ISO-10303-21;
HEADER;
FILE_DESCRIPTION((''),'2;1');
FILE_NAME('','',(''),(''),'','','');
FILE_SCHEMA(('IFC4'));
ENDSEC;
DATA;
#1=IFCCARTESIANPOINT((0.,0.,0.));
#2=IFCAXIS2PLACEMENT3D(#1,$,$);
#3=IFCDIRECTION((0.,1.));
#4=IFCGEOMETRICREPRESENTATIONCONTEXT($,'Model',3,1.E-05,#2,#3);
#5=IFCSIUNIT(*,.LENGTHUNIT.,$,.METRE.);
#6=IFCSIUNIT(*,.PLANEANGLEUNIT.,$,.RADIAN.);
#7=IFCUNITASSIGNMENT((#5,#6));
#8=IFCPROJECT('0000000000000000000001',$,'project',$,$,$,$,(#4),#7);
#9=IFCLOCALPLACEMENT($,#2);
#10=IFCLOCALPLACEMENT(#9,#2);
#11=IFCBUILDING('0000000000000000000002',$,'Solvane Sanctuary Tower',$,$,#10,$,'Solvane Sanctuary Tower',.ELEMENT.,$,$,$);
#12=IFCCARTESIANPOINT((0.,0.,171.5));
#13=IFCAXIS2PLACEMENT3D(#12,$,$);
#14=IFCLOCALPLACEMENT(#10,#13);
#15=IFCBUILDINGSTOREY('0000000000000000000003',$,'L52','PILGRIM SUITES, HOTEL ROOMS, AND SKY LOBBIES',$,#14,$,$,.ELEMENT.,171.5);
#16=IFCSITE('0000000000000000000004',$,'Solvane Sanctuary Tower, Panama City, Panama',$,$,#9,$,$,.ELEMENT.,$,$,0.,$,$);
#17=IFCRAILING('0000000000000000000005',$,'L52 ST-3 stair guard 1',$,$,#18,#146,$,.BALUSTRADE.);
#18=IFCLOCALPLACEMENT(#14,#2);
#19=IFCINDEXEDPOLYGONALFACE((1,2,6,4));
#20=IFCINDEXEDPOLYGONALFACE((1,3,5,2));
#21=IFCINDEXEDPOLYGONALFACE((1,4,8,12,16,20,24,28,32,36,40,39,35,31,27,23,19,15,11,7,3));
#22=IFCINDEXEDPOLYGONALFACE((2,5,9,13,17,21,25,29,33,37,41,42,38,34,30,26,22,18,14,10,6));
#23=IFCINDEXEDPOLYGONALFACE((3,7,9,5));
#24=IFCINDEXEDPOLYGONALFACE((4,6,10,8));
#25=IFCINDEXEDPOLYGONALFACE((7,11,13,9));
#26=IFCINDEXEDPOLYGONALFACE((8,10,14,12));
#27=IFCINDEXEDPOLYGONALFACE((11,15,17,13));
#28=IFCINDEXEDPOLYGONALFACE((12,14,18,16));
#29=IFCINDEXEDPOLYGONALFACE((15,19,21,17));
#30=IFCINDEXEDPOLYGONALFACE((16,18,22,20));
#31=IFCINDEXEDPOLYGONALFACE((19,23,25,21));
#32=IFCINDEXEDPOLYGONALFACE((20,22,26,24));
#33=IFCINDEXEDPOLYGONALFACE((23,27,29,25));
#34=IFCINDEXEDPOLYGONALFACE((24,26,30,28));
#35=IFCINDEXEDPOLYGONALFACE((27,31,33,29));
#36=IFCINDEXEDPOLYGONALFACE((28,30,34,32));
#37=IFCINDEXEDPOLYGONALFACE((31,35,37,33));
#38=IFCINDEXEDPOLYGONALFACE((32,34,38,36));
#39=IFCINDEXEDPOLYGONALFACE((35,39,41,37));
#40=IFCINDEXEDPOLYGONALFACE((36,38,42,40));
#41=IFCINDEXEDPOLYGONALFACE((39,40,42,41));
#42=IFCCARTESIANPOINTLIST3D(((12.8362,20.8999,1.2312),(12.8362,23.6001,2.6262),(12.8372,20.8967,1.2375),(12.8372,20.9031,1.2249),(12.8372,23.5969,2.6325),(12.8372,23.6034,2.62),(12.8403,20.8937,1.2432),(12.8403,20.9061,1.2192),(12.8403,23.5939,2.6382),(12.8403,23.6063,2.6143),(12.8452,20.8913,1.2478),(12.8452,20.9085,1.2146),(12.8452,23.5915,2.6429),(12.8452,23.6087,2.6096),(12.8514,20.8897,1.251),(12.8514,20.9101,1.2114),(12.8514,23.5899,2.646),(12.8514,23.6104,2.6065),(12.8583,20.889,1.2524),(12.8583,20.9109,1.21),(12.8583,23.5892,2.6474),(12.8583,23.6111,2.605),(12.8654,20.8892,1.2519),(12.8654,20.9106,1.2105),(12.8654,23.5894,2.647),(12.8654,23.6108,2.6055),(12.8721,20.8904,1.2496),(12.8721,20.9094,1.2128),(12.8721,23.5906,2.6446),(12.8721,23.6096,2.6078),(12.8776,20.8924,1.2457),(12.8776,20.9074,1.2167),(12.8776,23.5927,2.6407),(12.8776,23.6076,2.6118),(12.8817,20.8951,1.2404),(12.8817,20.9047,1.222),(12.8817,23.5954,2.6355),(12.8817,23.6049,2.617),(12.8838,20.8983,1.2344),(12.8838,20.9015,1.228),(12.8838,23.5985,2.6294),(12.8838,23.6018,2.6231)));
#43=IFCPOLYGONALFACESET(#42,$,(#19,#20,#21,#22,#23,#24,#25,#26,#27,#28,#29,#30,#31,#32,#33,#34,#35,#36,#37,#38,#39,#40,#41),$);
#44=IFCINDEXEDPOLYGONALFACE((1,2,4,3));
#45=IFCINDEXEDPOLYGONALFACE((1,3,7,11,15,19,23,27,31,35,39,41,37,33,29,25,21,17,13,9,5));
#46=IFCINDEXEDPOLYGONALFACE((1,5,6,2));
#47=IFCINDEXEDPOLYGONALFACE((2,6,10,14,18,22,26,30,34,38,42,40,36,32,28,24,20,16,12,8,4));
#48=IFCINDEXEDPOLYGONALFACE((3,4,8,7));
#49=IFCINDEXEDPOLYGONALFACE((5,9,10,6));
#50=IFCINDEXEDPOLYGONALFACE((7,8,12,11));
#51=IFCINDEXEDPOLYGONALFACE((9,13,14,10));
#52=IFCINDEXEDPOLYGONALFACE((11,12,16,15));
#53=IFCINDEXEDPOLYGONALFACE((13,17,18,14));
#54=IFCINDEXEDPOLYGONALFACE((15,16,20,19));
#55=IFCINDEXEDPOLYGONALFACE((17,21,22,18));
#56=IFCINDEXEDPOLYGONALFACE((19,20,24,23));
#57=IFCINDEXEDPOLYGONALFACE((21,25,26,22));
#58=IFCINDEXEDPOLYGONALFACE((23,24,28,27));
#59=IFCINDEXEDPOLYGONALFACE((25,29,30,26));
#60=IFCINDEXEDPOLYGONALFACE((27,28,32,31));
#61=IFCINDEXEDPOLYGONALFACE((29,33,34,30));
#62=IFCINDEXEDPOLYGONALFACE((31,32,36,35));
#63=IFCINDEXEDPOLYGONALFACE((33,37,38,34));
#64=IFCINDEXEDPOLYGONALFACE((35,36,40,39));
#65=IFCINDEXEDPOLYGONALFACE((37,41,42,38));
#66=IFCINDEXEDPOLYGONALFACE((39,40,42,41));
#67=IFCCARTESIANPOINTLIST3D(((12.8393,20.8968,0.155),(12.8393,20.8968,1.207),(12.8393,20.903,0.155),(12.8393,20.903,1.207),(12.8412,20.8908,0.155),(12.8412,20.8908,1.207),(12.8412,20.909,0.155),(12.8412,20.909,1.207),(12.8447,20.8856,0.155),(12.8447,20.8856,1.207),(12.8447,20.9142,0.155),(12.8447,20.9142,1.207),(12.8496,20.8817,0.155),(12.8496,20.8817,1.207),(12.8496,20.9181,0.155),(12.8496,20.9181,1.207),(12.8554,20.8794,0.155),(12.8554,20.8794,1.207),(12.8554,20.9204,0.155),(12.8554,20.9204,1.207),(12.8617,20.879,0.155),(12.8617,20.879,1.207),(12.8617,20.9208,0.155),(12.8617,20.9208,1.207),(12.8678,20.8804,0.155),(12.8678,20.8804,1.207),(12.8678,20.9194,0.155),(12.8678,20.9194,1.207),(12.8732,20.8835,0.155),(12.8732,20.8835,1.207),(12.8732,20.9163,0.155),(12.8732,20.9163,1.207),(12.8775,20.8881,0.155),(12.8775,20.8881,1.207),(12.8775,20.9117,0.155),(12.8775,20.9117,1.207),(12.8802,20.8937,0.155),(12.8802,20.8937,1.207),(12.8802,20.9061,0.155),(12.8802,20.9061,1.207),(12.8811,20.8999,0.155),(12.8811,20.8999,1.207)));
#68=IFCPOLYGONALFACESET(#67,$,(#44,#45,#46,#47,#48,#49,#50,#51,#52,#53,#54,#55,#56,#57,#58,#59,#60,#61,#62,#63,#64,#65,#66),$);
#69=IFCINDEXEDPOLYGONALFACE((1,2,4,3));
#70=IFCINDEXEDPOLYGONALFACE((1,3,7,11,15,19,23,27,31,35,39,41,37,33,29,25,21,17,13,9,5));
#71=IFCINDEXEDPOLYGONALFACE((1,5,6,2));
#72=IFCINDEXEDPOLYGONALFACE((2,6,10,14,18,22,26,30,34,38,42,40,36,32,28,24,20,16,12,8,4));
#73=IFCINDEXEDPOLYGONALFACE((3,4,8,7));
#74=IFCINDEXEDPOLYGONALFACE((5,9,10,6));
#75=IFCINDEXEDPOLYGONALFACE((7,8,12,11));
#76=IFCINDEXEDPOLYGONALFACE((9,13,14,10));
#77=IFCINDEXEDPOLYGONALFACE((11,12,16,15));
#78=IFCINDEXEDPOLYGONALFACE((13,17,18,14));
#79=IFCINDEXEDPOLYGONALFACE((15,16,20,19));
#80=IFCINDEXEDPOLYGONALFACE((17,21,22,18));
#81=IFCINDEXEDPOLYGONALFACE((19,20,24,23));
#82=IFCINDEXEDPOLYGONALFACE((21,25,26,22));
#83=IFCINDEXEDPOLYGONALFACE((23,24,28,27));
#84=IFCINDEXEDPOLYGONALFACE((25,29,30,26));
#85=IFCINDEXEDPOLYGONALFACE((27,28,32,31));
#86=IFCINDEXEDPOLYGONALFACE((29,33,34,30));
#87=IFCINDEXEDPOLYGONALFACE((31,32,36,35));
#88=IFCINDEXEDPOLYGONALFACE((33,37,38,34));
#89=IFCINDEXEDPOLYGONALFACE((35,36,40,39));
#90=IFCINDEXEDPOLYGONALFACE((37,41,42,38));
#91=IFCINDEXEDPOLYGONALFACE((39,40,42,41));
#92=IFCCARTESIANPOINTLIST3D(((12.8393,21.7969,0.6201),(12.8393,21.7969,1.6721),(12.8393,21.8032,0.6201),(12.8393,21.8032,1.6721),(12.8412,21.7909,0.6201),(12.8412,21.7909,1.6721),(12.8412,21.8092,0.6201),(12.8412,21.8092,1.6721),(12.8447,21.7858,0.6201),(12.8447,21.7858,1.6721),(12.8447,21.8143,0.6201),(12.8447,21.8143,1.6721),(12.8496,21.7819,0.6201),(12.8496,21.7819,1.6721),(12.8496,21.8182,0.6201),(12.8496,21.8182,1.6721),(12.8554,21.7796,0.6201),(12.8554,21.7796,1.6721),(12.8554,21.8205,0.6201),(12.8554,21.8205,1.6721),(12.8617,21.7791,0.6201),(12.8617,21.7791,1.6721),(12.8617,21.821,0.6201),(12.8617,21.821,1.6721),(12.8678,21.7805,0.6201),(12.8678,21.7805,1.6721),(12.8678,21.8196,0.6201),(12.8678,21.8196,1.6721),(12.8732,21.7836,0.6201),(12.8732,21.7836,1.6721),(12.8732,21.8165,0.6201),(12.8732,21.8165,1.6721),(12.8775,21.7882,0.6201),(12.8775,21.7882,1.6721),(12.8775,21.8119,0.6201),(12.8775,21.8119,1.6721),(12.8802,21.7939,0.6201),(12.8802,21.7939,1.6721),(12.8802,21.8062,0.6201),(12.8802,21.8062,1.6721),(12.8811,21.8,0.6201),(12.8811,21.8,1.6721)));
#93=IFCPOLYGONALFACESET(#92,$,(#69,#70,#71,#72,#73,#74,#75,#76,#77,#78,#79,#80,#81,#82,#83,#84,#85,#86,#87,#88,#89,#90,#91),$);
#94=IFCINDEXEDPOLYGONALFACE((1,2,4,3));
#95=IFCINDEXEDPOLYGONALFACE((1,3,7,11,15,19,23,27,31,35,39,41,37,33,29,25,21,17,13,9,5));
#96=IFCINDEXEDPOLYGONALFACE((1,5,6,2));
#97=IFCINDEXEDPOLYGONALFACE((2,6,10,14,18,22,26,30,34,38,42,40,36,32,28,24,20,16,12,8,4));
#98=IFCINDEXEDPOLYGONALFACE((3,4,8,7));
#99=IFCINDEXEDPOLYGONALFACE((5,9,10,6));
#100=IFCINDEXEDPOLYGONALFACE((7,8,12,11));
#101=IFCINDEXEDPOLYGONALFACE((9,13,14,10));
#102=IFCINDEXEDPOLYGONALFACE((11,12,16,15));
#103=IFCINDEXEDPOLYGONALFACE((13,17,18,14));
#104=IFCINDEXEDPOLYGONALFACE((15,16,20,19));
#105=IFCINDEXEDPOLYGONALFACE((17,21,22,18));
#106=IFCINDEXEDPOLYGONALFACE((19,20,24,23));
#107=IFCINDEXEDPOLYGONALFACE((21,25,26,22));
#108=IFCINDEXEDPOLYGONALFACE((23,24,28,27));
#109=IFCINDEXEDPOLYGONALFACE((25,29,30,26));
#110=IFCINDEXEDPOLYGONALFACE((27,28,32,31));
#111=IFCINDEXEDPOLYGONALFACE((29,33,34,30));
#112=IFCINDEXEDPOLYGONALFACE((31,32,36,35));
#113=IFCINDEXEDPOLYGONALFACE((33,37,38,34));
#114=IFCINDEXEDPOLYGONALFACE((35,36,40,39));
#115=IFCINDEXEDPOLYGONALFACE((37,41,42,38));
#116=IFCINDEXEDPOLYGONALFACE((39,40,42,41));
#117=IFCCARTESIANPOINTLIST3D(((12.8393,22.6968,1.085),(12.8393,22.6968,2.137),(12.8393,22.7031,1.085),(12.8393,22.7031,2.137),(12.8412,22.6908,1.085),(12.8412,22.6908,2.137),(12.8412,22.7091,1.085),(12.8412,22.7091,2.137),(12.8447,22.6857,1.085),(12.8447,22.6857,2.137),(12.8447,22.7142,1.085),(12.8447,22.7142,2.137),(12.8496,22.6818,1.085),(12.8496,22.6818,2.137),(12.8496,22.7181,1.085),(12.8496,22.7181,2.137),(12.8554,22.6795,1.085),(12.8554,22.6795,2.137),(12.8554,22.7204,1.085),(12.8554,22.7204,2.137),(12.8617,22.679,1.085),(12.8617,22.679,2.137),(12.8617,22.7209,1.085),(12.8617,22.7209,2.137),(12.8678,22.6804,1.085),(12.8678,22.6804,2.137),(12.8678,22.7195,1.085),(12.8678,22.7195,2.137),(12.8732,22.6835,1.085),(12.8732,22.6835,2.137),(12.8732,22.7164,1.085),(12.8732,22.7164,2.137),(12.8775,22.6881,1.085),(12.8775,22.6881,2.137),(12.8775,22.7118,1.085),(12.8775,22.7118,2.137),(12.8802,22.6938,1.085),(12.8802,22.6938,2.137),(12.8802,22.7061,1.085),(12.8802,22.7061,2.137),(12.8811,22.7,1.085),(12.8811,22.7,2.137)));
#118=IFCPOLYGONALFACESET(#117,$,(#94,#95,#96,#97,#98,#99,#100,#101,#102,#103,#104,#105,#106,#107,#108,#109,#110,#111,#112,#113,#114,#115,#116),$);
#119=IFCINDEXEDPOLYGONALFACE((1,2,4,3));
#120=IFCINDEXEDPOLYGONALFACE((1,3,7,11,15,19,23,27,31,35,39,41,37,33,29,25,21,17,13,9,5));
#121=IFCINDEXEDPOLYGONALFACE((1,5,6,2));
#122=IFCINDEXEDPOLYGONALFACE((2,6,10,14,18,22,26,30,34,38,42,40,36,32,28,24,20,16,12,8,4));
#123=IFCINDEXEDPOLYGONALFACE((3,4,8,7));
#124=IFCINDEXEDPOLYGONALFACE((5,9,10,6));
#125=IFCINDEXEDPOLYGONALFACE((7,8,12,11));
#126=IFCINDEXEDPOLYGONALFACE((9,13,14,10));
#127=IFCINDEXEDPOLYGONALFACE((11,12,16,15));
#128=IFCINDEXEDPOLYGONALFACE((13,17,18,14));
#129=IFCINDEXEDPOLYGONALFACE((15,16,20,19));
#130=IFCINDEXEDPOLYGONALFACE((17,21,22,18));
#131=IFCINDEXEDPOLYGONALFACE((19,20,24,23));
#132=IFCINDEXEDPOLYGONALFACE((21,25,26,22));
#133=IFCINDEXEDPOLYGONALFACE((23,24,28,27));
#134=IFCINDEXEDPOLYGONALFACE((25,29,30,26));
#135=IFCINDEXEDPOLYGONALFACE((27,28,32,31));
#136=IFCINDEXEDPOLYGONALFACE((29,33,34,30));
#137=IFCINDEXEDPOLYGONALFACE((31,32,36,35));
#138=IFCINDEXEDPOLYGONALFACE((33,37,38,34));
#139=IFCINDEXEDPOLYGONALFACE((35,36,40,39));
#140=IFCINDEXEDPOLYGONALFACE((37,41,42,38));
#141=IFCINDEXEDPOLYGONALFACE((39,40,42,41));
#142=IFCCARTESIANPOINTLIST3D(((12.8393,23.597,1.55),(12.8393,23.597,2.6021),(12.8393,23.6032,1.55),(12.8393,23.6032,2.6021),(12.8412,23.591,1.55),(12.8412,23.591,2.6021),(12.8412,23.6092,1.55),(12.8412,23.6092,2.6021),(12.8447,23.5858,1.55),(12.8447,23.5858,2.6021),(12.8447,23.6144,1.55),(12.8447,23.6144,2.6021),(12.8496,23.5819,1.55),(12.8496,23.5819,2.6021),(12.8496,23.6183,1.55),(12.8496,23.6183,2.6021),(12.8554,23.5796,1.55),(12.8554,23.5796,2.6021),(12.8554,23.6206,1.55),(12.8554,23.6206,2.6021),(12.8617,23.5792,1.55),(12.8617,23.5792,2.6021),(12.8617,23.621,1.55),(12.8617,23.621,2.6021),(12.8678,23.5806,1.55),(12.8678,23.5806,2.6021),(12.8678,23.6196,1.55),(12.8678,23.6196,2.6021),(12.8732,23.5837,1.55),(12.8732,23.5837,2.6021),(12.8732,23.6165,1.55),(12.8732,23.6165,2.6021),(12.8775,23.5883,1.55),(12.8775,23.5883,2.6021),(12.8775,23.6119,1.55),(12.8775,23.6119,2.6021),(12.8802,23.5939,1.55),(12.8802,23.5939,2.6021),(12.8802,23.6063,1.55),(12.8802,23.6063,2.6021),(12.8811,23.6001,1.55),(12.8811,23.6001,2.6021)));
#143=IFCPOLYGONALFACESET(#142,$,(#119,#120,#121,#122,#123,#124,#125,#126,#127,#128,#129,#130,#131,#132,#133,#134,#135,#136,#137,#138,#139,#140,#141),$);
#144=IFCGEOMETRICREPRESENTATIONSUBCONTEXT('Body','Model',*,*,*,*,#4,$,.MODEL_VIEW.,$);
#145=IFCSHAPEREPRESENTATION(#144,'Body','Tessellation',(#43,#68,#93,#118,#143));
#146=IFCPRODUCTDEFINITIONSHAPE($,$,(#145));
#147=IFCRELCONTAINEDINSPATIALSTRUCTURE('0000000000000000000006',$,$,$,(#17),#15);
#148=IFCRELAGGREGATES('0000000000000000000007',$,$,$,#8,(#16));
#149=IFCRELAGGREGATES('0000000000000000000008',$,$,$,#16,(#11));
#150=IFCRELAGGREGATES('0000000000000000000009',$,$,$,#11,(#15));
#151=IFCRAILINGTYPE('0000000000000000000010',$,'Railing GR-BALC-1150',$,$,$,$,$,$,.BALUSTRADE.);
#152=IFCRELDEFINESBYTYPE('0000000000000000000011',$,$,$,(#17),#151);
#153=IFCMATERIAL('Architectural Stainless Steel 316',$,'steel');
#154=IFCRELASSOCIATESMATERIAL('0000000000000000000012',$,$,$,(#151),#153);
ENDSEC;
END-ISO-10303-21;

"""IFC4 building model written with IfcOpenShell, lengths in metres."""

from ifc_helpers import new_model, si_unit, direction, frame, origin, origin_2d, place, context, subcontext, project, spatial, circle, extrude, material, type_object, element, save


model = new_model("IFC4")

# Units and contexts
model_context = context("Model", 3, precision=1e-05, world=origin(), true_north=direction((0.0, 1.0)))
body_context = subcontext(model_context, "Body", "Model", "MODEL_VIEW")
ifc_project = project(units=[si_unit("LENGTHUNIT", "METRE"), si_unit("PLANEANGLEUNIT", "RADIAN")], contexts=[model_context])

# Site, building, storey
site_placement = place(None, origin())
site = spatial("IfcSite", under=ifc_project, at=site_placement, Name="Solvane Sanctuary Tower, Panama City, Panama", CompositionType="ELEMENT", RefElevation=0.0)
building_placement = place(site_placement, origin())
building = spatial("IfcBuilding", under=site, at=building_placement, Name="Solvane Sanctuary Tower", LongName="Solvane Sanctuary Tower", CompositionType="ELEMENT")
storey_placement = place(building_placement, frame((0.0, 0.0, 171.5)))
storey = spatial("IfcBuildingStorey", under=building, at=storey_placement, Name="L52", Description="PILGRIM SUITES, HOTEL ROOMS, AND SKY LOBBIES", CompositionType="ELEMENT", Elevation=171.5)

# Shared definitions
ifc_material_1 = material(Name="Architectural Stainless Steel 316", Category="steel")

# Railing
railing_type_1 = type_object("IfcRailingType", Name="Railing GR-BALC-1150", PredefinedType="BALUSTRADE", material=ifc_material_1)
railing_1_placement = place(storey_placement, frame((12.8601, 20.8999, 0.155)))
element("IfcRailing", 1, at=railing_1_placement, inside=storey, type_object=railing_type_1, Name="L52 ST-3 stair guard 1", PredefinedType="BALUSTRADE", context=body_context, shape_type="SweptSolid", body=[
    extrude(circle(Radius=0.0239, at=origin_2d()), frame((0.0, 0.0, 1.0762), z_axis=(0.0, 0.888437, 0.458999), x_axis=(-1.0, 0.0, 0.0)), (0.0, 0.0, 1.0), 3.0393),
    extrude(circle(Radius=0.021, at=origin_2d()), origin(), (0.0, 0.0, 1.0), 1.052),
    extrude(circle(Radius=0.021, at=origin_2d()), frame((0.0, 0.9001, 0.4651)), (0.0, 0.0, 1.0), 1.052),
    extrude(circle(Radius=0.021, at=origin_2d()), frame((0.0, 1.8, 0.9299)), (0.0, 0.0, 1.0), 1.052),
    extrude(circle(Radius=0.021, at=origin_2d()), frame((0.0, 2.7002, 1.395)), (0.0, 0.0, 1.0), 1.052),
])

save(model, "model.ifc")
